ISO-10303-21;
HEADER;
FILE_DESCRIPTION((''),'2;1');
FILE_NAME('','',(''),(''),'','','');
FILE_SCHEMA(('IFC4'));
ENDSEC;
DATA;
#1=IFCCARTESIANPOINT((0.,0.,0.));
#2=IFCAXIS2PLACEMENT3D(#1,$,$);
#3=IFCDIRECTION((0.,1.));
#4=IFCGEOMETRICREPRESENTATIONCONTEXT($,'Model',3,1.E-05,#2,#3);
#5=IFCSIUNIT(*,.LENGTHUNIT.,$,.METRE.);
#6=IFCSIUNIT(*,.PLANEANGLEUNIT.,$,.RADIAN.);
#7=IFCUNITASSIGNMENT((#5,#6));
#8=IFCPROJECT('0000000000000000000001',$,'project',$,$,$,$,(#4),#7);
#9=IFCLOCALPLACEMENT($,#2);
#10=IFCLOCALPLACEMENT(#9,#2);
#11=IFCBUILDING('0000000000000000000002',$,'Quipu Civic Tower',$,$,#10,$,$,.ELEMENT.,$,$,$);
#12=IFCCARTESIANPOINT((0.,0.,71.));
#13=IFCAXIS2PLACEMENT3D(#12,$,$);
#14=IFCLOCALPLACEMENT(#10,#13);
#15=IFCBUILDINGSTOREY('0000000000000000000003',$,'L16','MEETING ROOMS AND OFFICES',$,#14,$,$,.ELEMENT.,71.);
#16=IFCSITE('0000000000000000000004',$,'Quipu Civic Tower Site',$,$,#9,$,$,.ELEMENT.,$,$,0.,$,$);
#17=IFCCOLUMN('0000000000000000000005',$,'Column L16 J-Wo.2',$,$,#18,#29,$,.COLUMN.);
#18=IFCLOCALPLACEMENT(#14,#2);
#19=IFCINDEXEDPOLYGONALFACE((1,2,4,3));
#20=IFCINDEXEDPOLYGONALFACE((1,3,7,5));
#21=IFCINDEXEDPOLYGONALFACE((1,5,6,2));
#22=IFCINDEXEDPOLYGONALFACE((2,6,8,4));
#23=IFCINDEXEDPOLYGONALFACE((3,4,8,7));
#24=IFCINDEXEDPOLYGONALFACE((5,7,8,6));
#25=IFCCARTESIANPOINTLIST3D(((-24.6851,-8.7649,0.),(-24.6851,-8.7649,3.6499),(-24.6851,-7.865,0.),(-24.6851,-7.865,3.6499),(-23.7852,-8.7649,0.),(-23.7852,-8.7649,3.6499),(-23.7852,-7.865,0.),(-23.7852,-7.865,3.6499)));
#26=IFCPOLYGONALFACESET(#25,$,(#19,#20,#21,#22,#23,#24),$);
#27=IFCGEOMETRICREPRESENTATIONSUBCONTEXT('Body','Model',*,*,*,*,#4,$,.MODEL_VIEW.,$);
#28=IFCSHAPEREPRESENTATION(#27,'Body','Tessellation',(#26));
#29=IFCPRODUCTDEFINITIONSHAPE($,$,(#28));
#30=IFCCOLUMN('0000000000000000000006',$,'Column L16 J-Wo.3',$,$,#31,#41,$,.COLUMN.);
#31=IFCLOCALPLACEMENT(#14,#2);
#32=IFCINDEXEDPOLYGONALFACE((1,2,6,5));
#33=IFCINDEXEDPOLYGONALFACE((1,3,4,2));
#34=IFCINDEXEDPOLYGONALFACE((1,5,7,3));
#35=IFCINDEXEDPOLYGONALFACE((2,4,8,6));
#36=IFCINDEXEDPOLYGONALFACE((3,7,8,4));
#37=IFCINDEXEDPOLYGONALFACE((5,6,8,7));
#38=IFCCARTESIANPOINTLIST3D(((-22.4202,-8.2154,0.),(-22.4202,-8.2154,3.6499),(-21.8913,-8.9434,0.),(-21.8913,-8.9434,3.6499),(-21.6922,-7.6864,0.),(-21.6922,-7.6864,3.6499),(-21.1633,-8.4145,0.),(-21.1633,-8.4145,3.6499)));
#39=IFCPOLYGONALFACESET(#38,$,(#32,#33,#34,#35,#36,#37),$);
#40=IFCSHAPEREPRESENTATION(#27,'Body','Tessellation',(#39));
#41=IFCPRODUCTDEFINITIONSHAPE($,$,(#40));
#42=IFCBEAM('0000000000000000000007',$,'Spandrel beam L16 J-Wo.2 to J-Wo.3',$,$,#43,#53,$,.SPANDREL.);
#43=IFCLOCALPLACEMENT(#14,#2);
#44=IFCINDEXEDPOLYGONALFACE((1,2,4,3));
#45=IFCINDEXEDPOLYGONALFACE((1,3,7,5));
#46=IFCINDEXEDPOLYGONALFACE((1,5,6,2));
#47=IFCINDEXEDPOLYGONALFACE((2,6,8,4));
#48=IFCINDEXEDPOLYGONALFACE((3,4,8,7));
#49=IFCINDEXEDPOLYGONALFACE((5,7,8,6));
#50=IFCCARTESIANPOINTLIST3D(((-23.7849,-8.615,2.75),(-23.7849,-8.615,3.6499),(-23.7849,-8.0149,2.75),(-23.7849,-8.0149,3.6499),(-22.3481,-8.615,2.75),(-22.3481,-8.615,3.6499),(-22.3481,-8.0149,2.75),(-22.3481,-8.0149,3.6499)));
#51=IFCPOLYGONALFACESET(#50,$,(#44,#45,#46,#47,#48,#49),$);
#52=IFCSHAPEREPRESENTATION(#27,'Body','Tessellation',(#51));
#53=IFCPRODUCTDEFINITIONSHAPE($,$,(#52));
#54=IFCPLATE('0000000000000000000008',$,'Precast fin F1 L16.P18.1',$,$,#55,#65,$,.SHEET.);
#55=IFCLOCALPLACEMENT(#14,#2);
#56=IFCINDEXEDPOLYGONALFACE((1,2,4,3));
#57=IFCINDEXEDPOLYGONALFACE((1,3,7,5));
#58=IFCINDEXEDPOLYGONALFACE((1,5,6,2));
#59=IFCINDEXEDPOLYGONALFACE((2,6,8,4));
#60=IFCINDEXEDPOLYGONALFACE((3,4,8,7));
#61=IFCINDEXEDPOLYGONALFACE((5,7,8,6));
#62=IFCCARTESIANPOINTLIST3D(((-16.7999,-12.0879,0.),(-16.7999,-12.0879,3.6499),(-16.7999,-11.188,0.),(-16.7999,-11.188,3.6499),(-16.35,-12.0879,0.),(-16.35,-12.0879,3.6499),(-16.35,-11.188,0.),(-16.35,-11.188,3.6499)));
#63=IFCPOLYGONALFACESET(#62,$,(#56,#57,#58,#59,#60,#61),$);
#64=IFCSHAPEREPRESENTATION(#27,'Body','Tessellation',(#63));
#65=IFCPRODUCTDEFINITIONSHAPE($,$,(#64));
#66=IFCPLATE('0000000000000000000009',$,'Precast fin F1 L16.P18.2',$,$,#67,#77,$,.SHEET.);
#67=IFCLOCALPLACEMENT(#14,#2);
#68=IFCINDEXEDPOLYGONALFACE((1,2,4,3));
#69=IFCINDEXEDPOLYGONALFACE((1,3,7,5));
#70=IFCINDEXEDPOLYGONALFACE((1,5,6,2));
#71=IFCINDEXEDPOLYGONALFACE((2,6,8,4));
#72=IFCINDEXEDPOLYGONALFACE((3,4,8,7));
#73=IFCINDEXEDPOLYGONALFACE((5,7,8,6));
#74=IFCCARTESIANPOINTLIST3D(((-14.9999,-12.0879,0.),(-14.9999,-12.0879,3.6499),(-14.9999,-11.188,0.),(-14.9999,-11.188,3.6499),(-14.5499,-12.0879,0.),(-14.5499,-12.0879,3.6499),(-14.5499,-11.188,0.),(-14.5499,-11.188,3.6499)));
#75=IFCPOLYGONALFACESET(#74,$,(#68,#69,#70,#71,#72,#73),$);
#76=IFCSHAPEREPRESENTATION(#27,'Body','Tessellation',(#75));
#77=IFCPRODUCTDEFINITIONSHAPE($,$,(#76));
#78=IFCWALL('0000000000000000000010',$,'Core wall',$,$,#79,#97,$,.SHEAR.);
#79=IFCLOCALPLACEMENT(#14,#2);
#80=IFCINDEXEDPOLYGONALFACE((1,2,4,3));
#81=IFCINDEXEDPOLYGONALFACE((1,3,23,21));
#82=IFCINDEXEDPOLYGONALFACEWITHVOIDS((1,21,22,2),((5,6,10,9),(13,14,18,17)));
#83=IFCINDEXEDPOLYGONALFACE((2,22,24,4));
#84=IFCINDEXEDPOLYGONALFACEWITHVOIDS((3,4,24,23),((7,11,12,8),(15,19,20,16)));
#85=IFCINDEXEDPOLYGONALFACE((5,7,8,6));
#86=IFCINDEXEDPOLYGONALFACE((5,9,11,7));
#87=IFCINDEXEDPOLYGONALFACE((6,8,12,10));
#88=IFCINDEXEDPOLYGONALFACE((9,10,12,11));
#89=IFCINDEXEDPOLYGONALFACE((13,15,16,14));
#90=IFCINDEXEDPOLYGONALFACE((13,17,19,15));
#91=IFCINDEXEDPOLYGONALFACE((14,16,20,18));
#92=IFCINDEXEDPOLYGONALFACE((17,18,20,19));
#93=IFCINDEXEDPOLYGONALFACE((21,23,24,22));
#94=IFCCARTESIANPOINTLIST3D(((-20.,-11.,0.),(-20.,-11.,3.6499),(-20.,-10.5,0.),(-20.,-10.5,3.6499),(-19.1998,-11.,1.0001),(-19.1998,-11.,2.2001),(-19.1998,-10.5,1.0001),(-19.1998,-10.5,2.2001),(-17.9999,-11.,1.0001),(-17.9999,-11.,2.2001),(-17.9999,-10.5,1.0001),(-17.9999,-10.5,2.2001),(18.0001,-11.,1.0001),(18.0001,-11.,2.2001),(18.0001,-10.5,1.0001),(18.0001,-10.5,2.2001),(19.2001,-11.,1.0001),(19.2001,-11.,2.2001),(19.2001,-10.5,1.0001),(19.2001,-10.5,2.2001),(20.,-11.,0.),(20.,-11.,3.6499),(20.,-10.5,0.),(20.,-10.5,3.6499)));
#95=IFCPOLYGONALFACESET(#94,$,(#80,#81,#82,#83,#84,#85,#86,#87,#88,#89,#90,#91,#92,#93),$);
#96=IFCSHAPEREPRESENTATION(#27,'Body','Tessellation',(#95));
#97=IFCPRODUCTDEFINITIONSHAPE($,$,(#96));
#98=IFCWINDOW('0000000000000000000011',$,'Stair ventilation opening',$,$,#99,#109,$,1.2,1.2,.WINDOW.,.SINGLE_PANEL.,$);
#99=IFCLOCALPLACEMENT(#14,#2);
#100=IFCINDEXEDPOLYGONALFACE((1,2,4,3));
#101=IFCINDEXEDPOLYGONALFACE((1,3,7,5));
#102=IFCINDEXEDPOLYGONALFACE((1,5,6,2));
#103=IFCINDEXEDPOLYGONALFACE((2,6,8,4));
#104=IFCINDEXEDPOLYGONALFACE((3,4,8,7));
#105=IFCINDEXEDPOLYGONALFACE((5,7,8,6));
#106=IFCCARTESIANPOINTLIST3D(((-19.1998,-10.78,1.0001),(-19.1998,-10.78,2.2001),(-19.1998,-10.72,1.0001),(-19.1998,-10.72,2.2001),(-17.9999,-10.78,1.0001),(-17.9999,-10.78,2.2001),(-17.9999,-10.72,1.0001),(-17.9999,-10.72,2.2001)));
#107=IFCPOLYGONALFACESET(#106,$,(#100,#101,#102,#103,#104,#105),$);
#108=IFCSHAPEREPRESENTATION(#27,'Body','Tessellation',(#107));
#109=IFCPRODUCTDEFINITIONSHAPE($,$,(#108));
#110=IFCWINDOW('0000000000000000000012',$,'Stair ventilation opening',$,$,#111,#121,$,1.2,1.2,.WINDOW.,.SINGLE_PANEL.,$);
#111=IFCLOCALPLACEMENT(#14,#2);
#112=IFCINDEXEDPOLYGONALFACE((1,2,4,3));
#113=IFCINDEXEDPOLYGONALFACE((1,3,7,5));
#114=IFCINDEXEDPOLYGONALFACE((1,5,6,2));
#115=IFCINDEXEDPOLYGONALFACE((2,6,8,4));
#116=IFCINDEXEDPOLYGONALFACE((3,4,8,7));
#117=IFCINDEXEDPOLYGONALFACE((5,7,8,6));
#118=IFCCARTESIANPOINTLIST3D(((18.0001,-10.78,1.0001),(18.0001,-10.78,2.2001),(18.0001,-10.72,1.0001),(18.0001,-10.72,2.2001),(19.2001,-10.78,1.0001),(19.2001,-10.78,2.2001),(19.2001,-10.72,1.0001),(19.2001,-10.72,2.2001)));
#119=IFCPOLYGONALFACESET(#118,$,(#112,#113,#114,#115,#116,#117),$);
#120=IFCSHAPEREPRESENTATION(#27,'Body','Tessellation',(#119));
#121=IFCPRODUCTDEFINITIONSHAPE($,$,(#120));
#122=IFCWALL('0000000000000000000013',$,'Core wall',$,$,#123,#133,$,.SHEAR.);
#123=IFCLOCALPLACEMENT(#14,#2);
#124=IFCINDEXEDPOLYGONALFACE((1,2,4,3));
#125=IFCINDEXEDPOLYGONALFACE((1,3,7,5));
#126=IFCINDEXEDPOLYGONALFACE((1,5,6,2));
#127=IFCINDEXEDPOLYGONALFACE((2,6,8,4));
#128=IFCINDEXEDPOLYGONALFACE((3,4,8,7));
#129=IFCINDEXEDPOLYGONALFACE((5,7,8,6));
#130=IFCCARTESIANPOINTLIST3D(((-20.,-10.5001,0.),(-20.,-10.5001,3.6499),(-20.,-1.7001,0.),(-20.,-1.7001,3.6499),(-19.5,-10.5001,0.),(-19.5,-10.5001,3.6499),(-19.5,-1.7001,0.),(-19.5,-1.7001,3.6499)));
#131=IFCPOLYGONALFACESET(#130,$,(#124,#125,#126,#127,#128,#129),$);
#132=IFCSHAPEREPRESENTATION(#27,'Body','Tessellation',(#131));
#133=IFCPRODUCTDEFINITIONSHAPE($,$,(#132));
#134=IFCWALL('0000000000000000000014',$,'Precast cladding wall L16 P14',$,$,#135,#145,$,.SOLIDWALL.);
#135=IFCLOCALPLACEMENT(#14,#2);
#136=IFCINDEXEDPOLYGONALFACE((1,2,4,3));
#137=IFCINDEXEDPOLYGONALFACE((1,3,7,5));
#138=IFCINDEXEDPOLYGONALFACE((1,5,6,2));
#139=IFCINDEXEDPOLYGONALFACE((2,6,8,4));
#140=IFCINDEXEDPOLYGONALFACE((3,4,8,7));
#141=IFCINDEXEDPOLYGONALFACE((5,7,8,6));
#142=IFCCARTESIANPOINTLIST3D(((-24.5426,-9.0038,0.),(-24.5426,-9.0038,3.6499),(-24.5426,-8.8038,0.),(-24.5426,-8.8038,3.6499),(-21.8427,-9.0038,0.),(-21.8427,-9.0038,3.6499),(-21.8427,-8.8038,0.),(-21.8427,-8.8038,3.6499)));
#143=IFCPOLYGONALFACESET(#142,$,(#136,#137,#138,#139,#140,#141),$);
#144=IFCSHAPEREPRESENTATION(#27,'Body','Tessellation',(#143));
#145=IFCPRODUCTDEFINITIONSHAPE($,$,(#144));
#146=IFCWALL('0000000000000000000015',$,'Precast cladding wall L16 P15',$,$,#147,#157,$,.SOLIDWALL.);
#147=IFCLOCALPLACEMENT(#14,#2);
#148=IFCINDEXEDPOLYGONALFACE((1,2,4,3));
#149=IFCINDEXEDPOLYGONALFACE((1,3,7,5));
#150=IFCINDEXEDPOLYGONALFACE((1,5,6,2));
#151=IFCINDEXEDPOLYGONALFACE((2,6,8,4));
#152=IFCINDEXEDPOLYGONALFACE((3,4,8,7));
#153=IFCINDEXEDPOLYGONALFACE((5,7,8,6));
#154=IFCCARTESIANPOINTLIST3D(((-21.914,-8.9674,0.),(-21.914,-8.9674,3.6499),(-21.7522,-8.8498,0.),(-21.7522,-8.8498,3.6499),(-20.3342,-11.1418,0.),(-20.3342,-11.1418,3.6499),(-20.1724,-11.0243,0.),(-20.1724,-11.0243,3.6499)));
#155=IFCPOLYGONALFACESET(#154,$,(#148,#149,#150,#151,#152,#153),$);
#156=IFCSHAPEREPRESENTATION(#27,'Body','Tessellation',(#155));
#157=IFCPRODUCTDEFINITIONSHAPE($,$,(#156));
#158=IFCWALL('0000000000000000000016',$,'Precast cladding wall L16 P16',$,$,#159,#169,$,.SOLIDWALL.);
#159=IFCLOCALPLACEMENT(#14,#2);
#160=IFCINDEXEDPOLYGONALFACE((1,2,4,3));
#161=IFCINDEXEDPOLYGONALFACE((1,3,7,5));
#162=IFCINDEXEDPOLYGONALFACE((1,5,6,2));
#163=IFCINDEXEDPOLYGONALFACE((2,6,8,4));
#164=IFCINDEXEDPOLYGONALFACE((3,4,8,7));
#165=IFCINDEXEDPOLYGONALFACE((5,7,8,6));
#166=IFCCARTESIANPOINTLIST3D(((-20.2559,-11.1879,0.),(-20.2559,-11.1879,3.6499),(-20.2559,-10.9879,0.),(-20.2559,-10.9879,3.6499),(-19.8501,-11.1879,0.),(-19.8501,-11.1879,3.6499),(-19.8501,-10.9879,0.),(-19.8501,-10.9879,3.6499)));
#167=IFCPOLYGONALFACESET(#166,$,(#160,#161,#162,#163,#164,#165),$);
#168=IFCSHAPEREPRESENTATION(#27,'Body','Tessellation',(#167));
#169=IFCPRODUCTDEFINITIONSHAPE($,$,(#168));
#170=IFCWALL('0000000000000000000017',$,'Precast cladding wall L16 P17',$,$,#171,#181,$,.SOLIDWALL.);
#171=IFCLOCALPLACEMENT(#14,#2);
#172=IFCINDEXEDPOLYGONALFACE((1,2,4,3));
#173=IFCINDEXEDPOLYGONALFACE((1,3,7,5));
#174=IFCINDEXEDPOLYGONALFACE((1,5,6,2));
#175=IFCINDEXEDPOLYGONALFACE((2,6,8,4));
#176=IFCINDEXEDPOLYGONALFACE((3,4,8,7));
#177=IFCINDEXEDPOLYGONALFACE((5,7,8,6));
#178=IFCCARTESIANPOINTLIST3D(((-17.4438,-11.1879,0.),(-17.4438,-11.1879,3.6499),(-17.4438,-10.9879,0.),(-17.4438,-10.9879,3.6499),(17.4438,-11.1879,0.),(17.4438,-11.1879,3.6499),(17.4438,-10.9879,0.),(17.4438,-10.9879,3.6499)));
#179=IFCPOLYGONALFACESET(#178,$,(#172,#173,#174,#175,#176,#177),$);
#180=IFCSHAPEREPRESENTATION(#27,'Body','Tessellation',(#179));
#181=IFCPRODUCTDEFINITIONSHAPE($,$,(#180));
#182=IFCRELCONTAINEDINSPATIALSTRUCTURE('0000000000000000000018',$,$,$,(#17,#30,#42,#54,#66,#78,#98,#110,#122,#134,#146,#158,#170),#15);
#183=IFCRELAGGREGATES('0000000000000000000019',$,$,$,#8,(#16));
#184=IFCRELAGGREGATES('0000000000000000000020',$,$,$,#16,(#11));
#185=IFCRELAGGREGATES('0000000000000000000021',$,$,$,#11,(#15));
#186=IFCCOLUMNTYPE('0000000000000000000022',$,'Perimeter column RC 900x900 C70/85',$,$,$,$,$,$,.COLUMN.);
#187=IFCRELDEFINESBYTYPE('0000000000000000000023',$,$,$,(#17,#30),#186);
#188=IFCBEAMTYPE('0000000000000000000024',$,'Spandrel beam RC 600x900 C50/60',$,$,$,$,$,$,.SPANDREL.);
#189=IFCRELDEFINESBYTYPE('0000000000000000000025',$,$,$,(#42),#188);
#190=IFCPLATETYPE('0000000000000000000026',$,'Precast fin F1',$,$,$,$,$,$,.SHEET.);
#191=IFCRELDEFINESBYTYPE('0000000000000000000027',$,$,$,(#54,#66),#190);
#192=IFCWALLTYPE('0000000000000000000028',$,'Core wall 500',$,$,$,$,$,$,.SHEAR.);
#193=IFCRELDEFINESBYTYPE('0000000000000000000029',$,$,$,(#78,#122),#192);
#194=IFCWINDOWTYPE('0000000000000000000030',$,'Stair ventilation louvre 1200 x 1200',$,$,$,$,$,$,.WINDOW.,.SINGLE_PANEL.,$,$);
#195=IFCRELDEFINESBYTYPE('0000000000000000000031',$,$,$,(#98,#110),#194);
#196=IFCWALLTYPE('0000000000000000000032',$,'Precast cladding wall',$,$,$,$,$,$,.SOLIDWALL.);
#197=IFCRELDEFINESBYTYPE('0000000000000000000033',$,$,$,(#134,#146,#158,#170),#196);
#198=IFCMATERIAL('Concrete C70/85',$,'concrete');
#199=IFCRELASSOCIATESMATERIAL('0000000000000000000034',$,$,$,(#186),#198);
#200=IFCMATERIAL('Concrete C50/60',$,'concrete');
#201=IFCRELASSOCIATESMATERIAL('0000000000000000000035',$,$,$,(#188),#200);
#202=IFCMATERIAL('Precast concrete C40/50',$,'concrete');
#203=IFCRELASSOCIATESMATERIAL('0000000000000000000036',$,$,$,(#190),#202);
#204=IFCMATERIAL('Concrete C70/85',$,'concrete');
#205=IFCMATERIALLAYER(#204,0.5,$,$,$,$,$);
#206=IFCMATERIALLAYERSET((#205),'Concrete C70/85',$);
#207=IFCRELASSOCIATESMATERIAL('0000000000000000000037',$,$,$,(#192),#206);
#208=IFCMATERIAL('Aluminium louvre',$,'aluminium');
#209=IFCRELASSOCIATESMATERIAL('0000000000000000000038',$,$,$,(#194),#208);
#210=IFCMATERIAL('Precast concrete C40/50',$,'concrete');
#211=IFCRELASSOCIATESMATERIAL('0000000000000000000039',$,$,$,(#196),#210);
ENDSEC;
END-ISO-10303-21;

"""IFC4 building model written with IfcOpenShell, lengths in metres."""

from ifc_helpers import new_model, si_unit, direction, frame, frame_2d, origin, origin_2d, place, context, subcontext, project, spatial, rectangle, extrude, material, layer, layer_set, material_profile, profile_set, type_object, element, fill, save


model = new_model("IFC4")

# Units and contexts
model_context = context("Model", 3, precision=1e-05, world=origin(), true_north=direction((0.0, 1.0)))
body_context = subcontext(model_context, "Body", "Model", "MODEL_VIEW")
ifc_project = project(units=[si_unit("LENGTHUNIT", "METRE"), si_unit("PLANEANGLEUNIT", "RADIAN")], contexts=[model_context])

# Site, building, storey
site_placement = place(None, origin())
site = spatial("IfcSite", under=ifc_project, at=site_placement, Name="Quipu Civic Tower Site", CompositionType="ELEMENT", RefElevation=0.0)
building_placement = place(site_placement, origin())
building = spatial("IfcBuilding", under=site, at=building_placement, Name="Quipu Civic Tower", CompositionType="ELEMENT")
storey_placement = place(building_placement, frame((0.0, 0.0, 71.0)))
storey = spatial("IfcBuildingStorey", under=building, at=storey_placement, Name="L16", Description="MEETING ROOMS AND OFFICES", CompositionType="ELEMENT", Elevation=71.0)

# Columns
ifc_material_1 = material(Name="Concrete C70/85", Category="concrete")
ifc_material_profile_1 = material_profile(ifc_material_1, rectangle(XDim=0.8999, YDim=0.8999, at=origin_2d()), Name="RC900x900")
ifc_profile_set_1 = profile_set([ifc_material_profile_1], Name="Concrete C70/85")
column_type = type_object("IfcColumnType", Name="Perimeter column RC 900x900 C70/85", PredefinedType="COLUMN", material=ifc_profile_set_1)
for number, where, z_axis, x_axis, name in (
    (1, (-24.2351, -8.3149, 0.0), (0.0, 0.0, 1.0), (1.0, 0.0, 0.0), "Column L16 J-Wo.2"),
    (2, (-21.7917, -8.3149, 0.0), (0.0, 0.0, 1.0), (0.587785, -0.809017, 0.0), "Column L16 J-Wo.3"),
):
    element("IfcColumn", number, at=place(storey_placement, frame(where, z_axis=z_axis, x_axis=x_axis)), inside=storey, type_object=column_type, Name=name, PredefinedType="COLUMN", context=body_context, shape_type="SweptSolid", body=[
        extrude(rectangle(XDim=0.8999, YDim=0.8999, at=origin_2d()), origin(), (0.0, 0.0, 1.0), 3.6499),
    ])

# Beam
ifc_material_2 = material(Name="Concrete C50/60", Category="concrete")
ifc_material_profile_2 = material_profile(ifc_material_2, rectangle(XDim=0.6001, YDim=0.8999, at=origin_2d()), Name="RC600x900")
ifc_profile_set_2 = profile_set([ifc_material_profile_2], Name="Concrete C50/60")
beam_type = type_object("IfcBeamType", Name="Spandrel beam RC 600x900 C50/60", PredefinedType="SPANDREL", material=ifc_profile_set_2)
beam_placement = place(storey_placement, frame((-23.7849, -8.3149, 3.2), z_axis=(1.0, 0.0, 0.0), x_axis=(0.0, 1.0, 0.0)))
element("IfcBeam", 3, at=beam_placement, inside=storey, type_object=beam_type, Name="Spandrel beam L16 J-Wo.2 to J-Wo.3", PredefinedType="SPANDREL", context=body_context, shape_type="SweptSolid", body=[
    extrude(rectangle(XDim=0.6001, YDim=0.8999, at=origin_2d()), origin(), (0.0, 0.0, 1.0), 1.4368),
])

# Plates
ifc_material_3 = material(Name="Precast concrete C40/50", Category="concrete")
plate_type = type_object("IfcPlateType", Name="Precast fin F1", PredefinedType="SHEET", material=ifc_material_3)
for number, where, z_axis, x_axis, name in (
    (4, (-16.575, -11.6379, 0.0), (0.0, 0.0, 1.0), (1.0, 0.0, 0.0), "Precast fin F1 L16.P18.1"),
    (5, (-14.7749, -11.6379, 0.0), (0.0, 0.0, 1.0), (1.0, 0.0, 0.0), "Precast fin F1 L16.P18.2"),
):
    element("IfcPlate", number, at=place(storey_placement, frame(where, z_axis=z_axis, x_axis=x_axis)), inside=storey, type_object=plate_type, Name=name, PredefinedType="SHEET", context=body_context, shape_type="SweptSolid", body=[
        extrude(rectangle(XDim=0.45, YDim=0.8999, at=origin_2d()), origin(), (0.0, 0.0, 1.0), 3.6499),
    ])

# Wall, openings, windows
ifc_material_4 = material(Name="Concrete C70/85", Category="concrete")
ifc_layer = layer(ifc_material_4, 0.5)
ifc_layer_set = layer_set([ifc_layer], Name="Concrete C70/85")
wall_type_1 = type_object("IfcWallType", Name="Core wall 500", PredefinedType="SHEAR", material=ifc_layer_set)
wall_1_placement = place(storey_placement, frame((-20.0, -10.75, 0.0), z_axis=(0.0, 0.0, 1.0), x_axis=(1.0, 0.0, 0.0)))
wall_1 = element("IfcWall", 6, at=wall_1_placement, inside=storey, type_object=wall_type_1, Name="Core wall", PredefinedType="SHEAR", context=body_context, shape_type="SweptSolid", body=[
    extrude(rectangle(XDim=40.0, YDim=0.5, at=frame_2d((20.0, 0.0))), origin(), (0.0, 0.0, 1.0), 3.6499),
])
opening_1_placement = place(wall_1_placement, frame((0.8, 0.0, 1.0)))
opening_1 = element("IfcOpeningElement", 7, at=opening_1_placement, cuts=wall_1, PredefinedType="OPENING", context=body_context, shape_type="SweptSolid", body=[
    extrude(rectangle(XDim=1.2, YDim=1.2, at=frame_2d((0.6001, 0.6001))), frame((0.0, 0.26, 0.0), z_axis=(0.0, -1.0, 0.0), x_axis=(1.0, 0.0, 0.0)), (0.0, 0.0, 1.0), 0.52),
])
opening_2_placement = place(wall_1_placement, frame((38.0, 0.0, 1.0)))
opening_2 = element("IfcOpeningElement", 8, at=opening_2_placement, cuts=wall_1, PredefinedType="OPENING", context=body_context, shape_type="SweptSolid", body=[
    extrude(rectangle(XDim=1.2, YDim=1.2, at=frame_2d((0.6001, 0.6001))), frame((0.0, 0.26, 0.0), z_axis=(0.0, -1.0, 0.0), x_axis=(1.0, 0.0, 0.0)), (0.0, 0.0, 1.0), 0.52),
])
ifc_material_5 = material(Name="Aluminium louvre", Category="aluminium")
window_type = type_object("IfcWindowType", Name="Stair ventilation louvre 1200 x 1200", PartitioningType="SINGLE_PANEL", PredefinedType="WINDOW", material=ifc_material_5)
window_1_placement = place(opening_1_placement, origin())
window_1 = element("IfcWindow", 9, at=window_1_placement, inside=storey, type_object=window_type, Name="Stair ventilation opening", OverallHeight=1.2, OverallWidth=1.2, PartitioningType="SINGLE_PANEL", PredefinedType="WINDOW", context=body_context, shape_type="SweptSolid", body=[
    extrude(rectangle(XDim=1.2, YDim=1.2, at=frame_2d((0.6001, 0.6001))), frame((0.0, 0.03, 0.0), z_axis=(0.0, -1.0, 0.0), x_axis=(1.0, 0.0, 0.0)), (0.0, 0.0, 1.0), 0.0601),
])
fill(opening_1, window_1)
window_2_placement = place(opening_2_placement, origin())
window_2 = element("IfcWindow", 10, at=window_2_placement, inside=storey, type_object=window_type, Name="Stair ventilation opening", OverallHeight=1.2, OverallWidth=1.2, PartitioningType="SINGLE_PANEL", PredefinedType="WINDOW", context=body_context, shape_type="SweptSolid", body=[
    extrude(rectangle(XDim=1.2, YDim=1.2, at=frame_2d((0.6001, 0.6001))), frame((0.0, 0.03, 0.0), z_axis=(0.0, -1.0, 0.0), x_axis=(1.0, 0.0, 0.0)), (0.0, 0.0, 1.0), 0.0601),
])
fill(opening_2, window_2)

# Walls
wall_2_placement = place(storey_placement, frame((-19.75, -10.5, 0.0), z_axis=(0.0, 0.0, 1.0), x_axis=(0.0, 1.0, 0.0)))
element("IfcWall", 11, at=wall_2_placement, inside=storey, type_object=wall_type_1, Name="Core wall", PredefinedType="SHEAR", context=body_context, shape_type="SweptSolid", body=[
    extrude(rectangle(XDim=8.8, YDim=0.5, at=frame_2d((4.3999, 0.0))), origin(), (0.0, 0.0, 1.0), 3.6499),
])
ifc_material_6 = material(Name="Precast concrete C40/50", Category="concrete")
wall_type_2 = type_object("IfcWallType", Name="Precast cladding wall", PredefinedType="SOLIDWALL", material=ifc_material_6)
wall_3_placement = place(storey_placement, frame((-24.5427, -8.9038, 0.0), z_axis=(0.0, 0.0, 1.0), x_axis=(1.0, 0.0, 0.0)))
element("IfcWall", 12, at=wall_3_placement, inside=storey, type_object=wall_type_2, Name="Precast cladding wall L16 P14", PredefinedType="SOLIDWALL", context=body_context, shape_type="SweptSolid", body=[
    extrude(rectangle(XDim=2.7, YDim=0.2, at=frame_2d((1.3501, 0.0))), origin(), (0.0, 0.0, 1.0), 3.6499),
])
wall_4_placement = place(storey_placement, frame((-21.833, -8.9087, 0.0), z_axis=(0.0, 0.0, 1.0), x_axis=(0.587767, -0.809031, 0.0)))
element("IfcWall", 13, at=wall_4_placement, inside=storey, type_object=wall_type_2, Name="Precast cladding wall L16 P15", PredefinedType="SOLIDWALL", context=body_context, shape_type="SweptSolid", body=[
    extrude(rectangle(XDim=2.6877, YDim=0.2, at=frame_2d((1.3438, 0.0))), origin(), (0.0, 0.0, 1.0), 3.6499),
])
wall_5_placement = place(storey_placement, frame((-20.2559, -11.0879, 0.0), z_axis=(0.0, 0.0, 1.0), x_axis=(1.0, 0.0, 0.0)))
element("IfcWall", 14, at=wall_5_placement, inside=storey, type_object=wall_type_2, Name="Precast cladding wall L16 P16", PredefinedType="SOLIDWALL", context=body_context, shape_type="SweptSolid", body=[
    extrude(rectangle(XDim=0.4058, YDim=0.2, at=frame_2d((0.2029, 0.0))), origin(), (0.0, 0.0, 1.0), 3.6499),
])
wall_6_placement = place(storey_placement, frame((-17.4438, -11.0879, 0.0), z_axis=(0.0, 0.0, 1.0), x_axis=(1.0, 0.0, 0.0)))
element("IfcWall", 15, at=wall_6_placement, inside=storey, type_object=wall_type_2, Name="Precast cladding wall L16 P17", PredefinedType="SOLIDWALL", context=body_context, shape_type="SweptSolid", body=[
    extrude(rectangle(XDim=34.8877, YDim=0.2, at=frame_2d((17.4438, 0.0))), origin(), (0.0, 0.0, 1.0), 3.6499),
])

save(model, "model.ifc")
